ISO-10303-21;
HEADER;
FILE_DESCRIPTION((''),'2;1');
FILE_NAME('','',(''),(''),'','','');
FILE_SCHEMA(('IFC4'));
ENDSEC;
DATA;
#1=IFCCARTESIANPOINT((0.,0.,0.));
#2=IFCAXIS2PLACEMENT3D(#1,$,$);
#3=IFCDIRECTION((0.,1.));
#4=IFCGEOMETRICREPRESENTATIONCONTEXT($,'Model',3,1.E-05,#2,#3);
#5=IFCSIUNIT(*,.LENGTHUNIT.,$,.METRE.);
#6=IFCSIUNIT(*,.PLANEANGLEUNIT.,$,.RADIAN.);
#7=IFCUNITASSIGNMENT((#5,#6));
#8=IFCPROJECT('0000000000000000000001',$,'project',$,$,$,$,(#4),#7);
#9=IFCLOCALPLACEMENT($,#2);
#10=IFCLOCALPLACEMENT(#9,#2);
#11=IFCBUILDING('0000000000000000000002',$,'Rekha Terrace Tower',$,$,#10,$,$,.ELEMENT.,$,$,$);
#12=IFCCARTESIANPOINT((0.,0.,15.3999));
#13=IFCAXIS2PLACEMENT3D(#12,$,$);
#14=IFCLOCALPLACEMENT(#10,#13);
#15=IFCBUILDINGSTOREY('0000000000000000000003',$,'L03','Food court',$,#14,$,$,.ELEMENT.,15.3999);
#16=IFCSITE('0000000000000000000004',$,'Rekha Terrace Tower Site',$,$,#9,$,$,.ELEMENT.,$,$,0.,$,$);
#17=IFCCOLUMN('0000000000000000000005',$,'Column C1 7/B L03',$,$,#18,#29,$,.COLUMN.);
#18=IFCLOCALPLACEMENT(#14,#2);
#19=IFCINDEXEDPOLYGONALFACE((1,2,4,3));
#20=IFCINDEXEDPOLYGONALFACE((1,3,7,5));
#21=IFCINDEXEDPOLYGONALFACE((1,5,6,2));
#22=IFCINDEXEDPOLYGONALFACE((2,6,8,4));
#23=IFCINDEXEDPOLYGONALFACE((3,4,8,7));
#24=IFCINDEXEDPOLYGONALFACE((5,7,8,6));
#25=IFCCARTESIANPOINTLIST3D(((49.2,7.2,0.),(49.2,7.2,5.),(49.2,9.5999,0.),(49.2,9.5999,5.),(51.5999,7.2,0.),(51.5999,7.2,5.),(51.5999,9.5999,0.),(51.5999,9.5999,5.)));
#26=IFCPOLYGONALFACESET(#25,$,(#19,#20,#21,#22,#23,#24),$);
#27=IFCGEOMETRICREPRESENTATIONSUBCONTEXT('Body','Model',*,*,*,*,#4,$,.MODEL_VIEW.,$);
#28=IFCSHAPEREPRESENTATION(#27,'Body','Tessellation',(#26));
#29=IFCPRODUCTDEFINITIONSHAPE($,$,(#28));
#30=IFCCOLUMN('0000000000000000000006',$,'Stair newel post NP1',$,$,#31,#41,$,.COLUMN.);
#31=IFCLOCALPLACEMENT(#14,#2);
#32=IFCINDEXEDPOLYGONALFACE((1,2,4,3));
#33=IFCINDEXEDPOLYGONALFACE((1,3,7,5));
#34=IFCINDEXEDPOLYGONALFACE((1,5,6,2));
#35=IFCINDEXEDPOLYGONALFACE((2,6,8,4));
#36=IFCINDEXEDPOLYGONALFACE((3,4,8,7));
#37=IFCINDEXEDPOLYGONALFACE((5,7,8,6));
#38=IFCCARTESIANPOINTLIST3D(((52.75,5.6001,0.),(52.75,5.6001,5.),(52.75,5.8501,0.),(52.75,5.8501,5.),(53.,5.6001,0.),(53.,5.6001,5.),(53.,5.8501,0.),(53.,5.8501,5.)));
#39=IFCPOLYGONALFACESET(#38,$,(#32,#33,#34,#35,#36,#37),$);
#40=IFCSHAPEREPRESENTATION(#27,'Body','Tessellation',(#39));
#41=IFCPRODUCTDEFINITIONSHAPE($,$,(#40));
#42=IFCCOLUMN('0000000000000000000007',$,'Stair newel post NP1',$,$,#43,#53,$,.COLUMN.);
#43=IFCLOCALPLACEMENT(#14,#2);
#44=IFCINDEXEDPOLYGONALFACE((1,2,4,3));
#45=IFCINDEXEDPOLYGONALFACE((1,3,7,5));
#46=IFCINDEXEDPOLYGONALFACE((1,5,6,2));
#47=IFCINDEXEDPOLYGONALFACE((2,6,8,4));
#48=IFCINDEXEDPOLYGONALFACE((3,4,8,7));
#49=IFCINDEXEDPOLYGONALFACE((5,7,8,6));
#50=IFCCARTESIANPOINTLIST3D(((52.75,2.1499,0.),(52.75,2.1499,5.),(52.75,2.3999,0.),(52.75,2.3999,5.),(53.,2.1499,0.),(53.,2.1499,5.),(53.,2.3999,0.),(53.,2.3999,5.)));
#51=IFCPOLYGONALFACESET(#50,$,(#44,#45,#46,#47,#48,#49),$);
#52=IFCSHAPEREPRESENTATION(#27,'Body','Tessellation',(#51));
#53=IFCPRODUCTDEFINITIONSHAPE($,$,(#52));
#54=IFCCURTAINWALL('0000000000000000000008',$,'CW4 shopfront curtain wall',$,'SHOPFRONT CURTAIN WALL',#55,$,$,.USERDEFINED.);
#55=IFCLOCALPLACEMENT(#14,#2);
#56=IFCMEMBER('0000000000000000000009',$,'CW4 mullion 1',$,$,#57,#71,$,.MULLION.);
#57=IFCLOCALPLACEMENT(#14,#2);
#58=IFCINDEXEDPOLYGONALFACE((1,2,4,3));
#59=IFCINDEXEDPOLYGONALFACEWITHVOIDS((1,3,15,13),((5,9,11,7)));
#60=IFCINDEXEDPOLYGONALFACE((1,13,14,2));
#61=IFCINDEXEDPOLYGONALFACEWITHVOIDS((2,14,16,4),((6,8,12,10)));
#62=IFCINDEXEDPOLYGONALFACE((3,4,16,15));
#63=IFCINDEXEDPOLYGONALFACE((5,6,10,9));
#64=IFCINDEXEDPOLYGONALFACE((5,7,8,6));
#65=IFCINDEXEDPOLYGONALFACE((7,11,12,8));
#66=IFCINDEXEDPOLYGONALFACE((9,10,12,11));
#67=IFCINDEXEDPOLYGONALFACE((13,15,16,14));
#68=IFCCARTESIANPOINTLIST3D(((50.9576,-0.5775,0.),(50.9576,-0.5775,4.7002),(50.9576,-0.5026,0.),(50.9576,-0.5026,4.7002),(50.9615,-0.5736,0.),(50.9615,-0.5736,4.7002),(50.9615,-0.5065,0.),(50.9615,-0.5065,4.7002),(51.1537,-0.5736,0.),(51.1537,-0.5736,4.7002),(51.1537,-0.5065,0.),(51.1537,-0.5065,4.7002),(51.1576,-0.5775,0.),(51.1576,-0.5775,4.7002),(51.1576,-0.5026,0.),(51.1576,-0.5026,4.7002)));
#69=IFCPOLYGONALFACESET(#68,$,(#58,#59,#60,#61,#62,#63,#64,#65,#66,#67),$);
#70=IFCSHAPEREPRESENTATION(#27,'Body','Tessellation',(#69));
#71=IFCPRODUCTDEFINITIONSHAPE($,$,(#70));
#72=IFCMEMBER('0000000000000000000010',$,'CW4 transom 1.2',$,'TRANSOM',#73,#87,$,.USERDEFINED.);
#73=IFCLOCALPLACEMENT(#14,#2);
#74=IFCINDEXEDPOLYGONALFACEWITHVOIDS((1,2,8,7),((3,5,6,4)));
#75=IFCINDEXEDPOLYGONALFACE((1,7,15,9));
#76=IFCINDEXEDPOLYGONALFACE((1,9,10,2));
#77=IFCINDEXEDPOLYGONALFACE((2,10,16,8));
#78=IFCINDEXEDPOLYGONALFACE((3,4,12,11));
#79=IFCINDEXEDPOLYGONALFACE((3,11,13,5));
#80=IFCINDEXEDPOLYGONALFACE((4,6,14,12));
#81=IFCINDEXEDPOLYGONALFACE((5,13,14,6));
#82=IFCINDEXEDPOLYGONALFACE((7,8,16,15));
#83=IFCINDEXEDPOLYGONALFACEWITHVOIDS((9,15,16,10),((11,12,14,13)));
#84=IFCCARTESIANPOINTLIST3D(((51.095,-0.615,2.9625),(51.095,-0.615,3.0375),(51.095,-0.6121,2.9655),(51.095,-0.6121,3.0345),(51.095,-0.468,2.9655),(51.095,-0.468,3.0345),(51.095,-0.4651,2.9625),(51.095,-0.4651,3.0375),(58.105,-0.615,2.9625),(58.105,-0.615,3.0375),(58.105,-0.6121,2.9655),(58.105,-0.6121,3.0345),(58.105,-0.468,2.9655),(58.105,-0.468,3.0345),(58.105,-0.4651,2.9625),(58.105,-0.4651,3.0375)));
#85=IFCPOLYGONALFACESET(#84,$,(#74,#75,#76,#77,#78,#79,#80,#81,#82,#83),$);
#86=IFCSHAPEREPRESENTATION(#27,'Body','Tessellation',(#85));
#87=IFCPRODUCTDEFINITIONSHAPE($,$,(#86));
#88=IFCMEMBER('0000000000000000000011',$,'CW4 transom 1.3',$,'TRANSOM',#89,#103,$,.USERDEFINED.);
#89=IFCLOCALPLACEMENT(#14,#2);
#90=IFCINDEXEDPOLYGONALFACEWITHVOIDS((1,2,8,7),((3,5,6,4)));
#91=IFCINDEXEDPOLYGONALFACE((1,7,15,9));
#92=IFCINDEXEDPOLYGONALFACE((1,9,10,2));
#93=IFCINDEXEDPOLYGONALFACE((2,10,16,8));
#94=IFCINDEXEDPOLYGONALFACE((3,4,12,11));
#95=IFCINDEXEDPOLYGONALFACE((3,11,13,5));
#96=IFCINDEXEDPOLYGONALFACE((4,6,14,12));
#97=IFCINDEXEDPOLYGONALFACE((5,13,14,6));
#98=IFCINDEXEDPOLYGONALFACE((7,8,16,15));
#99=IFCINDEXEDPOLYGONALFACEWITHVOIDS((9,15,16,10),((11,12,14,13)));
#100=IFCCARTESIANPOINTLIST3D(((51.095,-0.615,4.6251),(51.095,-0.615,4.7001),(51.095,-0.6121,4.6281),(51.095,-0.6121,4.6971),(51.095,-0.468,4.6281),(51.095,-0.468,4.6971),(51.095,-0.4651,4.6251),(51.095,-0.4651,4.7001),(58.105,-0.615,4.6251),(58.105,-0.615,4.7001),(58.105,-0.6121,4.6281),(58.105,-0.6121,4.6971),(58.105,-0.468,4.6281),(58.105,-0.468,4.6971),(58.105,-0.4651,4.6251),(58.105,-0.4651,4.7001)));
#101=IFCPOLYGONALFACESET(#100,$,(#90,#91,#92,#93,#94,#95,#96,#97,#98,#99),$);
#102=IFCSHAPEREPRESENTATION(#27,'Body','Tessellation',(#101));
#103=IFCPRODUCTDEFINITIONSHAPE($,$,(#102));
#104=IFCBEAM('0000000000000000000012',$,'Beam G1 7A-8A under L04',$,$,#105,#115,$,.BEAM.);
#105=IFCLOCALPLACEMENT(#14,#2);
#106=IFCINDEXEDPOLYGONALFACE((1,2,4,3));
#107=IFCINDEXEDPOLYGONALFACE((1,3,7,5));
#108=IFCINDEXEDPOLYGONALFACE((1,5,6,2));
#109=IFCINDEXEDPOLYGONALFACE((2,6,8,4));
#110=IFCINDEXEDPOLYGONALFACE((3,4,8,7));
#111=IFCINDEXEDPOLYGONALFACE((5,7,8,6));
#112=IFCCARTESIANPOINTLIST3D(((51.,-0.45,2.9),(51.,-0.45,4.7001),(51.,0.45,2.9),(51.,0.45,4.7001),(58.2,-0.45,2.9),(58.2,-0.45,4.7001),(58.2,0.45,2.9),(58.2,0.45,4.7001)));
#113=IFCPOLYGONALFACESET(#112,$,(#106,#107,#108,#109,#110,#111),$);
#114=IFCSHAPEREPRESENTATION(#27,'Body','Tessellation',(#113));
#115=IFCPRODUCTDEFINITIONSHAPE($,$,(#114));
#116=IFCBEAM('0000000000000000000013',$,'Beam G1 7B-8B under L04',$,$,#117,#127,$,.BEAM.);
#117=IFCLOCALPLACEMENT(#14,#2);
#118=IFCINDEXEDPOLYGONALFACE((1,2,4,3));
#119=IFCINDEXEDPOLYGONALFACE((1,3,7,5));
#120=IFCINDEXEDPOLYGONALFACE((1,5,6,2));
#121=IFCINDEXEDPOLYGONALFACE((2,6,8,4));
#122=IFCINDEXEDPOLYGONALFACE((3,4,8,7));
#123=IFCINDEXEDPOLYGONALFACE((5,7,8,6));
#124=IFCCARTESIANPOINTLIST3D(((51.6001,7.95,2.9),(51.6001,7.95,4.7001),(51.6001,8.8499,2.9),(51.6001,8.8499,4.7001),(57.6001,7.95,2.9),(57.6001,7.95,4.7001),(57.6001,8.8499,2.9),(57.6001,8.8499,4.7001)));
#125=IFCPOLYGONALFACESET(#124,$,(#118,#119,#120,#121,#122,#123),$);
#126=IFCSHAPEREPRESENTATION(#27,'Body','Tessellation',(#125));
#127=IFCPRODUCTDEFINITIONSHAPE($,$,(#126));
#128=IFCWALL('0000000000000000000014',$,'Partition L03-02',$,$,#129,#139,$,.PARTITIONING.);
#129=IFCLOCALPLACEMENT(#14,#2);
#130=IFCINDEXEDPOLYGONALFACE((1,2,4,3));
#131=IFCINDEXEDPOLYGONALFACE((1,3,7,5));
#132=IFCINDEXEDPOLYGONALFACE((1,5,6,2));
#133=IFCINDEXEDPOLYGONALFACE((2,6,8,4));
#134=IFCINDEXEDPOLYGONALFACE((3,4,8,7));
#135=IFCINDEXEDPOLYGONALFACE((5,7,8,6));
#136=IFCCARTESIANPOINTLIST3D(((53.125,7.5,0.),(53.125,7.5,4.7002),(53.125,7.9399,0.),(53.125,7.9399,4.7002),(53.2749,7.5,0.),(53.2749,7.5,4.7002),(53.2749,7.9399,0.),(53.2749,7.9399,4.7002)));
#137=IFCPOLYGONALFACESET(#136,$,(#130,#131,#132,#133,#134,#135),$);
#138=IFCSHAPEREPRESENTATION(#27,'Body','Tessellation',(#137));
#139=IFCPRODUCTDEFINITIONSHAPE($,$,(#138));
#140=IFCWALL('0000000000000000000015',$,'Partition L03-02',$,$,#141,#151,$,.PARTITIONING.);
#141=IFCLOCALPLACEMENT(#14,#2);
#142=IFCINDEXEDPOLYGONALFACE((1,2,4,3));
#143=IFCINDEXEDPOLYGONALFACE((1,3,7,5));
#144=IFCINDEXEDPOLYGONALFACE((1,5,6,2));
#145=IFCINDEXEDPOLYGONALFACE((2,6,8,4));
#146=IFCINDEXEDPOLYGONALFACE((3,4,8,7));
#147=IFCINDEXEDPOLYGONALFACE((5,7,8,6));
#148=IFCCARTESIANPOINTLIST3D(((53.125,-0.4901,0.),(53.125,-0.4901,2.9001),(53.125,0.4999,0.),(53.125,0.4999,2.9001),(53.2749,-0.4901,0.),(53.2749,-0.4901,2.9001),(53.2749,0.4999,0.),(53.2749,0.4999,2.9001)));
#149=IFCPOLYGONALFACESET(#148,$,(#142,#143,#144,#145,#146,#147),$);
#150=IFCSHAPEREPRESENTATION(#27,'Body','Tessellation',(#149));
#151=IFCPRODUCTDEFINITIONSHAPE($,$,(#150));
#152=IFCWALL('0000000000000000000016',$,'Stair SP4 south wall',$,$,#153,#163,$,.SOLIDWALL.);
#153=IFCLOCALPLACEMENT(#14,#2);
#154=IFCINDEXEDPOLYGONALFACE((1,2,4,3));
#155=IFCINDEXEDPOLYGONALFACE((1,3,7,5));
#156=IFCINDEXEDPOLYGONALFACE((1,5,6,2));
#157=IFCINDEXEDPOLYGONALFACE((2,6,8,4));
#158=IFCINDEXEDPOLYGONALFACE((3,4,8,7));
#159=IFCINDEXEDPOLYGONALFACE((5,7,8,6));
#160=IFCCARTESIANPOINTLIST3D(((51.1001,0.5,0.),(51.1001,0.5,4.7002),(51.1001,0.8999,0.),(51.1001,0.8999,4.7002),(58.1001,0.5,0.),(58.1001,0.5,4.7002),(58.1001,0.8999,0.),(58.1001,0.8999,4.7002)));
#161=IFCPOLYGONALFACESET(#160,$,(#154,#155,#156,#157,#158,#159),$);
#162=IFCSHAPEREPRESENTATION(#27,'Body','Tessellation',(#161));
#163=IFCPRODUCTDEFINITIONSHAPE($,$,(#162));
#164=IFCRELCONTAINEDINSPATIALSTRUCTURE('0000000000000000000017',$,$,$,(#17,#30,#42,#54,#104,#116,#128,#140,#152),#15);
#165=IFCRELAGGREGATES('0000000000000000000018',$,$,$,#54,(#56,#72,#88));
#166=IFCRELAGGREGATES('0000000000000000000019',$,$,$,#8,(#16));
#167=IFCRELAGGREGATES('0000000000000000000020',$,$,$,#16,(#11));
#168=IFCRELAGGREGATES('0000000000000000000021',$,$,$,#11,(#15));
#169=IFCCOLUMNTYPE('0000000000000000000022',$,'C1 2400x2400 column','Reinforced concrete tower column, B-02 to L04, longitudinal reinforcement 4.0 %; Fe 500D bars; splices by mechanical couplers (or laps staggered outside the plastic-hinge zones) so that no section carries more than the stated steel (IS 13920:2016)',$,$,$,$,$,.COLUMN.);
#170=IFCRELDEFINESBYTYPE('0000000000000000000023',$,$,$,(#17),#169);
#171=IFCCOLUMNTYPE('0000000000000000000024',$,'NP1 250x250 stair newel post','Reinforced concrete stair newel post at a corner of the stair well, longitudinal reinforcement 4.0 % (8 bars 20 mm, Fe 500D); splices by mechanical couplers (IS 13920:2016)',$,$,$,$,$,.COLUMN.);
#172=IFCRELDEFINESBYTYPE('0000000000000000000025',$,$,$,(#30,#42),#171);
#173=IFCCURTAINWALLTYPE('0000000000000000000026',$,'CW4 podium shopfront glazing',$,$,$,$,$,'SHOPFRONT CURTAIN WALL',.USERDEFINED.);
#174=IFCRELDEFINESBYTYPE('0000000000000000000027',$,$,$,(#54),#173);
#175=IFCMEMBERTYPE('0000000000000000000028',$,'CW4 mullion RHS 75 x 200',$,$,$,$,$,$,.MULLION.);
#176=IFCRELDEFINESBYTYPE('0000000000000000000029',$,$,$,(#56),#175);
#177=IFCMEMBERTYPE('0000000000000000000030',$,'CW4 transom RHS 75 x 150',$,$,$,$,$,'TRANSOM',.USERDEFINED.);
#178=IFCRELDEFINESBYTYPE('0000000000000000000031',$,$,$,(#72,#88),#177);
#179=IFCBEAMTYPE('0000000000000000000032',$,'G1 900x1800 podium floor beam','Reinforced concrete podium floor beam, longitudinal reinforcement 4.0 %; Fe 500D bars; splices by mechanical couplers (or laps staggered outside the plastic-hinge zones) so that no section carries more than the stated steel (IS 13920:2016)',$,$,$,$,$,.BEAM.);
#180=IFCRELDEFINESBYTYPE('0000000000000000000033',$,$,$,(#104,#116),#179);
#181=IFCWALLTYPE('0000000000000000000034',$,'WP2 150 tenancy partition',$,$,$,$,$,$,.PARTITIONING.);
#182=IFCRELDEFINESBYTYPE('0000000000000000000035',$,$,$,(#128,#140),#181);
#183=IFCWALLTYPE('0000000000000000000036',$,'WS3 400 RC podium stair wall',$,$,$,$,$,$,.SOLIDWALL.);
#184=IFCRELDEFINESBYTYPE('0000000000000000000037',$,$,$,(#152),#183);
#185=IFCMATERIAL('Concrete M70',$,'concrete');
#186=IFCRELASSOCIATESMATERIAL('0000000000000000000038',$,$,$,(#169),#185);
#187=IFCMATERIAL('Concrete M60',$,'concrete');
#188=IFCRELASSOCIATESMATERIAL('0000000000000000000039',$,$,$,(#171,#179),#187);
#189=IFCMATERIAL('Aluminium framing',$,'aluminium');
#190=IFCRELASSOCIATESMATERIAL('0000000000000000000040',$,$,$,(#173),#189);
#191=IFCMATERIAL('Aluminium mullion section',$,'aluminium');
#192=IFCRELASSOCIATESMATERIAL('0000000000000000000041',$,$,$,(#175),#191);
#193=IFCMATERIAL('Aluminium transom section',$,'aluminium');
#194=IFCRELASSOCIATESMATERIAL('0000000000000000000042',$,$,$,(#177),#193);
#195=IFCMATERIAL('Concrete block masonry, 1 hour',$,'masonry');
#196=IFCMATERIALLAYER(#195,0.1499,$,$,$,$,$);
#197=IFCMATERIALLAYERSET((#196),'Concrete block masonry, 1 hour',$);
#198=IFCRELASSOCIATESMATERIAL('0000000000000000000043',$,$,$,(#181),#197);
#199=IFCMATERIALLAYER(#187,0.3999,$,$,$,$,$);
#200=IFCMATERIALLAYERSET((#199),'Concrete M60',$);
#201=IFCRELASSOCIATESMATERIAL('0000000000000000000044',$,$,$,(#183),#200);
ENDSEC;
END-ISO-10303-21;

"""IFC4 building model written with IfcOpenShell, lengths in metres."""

from ifc_helpers import new_model, si_unit, direction, frame, frame_2d, origin, origin_2d, place, context, subcontext, project, spatial, rectangle, hollow_rectangle, extrude, material, layer, layer_set, material_profile, profile_set, type_object, element, aggregate, save


model = new_model("IFC4")

# Units and contexts
model_context = context("Model", 3, precision=1e-05, world=origin(), true_north=direction((0.0, 1.0)))
body_context = subcontext(model_context, "Body", "Model", "MODEL_VIEW")
ifc_project = project(units=[si_unit("LENGTHUNIT", "METRE"), si_unit("PLANEANGLEUNIT", "RADIAN")], contexts=[model_context])

# Site, building, storey
site_placement = place(None, origin())
site = spatial("IfcSite", under=ifc_project, at=site_placement, Name="Rekha Terrace Tower Site", CompositionType="ELEMENT", RefElevation=0.0)
building_placement = place(site_placement, origin())
building = spatial("IfcBuilding", under=site, at=building_placement, Name="Rekha Terrace Tower", CompositionType="ELEMENT")
storey_placement = place(building_placement, frame((0.0, 0.0, 15.3999)))
storey = spatial("IfcBuildingStorey", under=building, at=storey_placement, Name="L03", Description="Food court", CompositionType="ELEMENT", Elevation=15.3999)

# Columns
ifc_material_1 = material(Name="Concrete M70", Category="concrete")
ifc_material_profile_1 = material_profile(ifc_material_1, rectangle(XDim=2.3999, YDim=2.3999, at=origin_2d()), Name="RC 2400x2400")
ifc_profile_set_1 = profile_set([ifc_material_profile_1], Name="Concrete M70")
column_type_1 = type_object("IfcColumnType", Name="C1 2400x2400 column", Description="Reinforced concrete tower column, B-02 to L04, longitudinal reinforcement 4.0 %; Fe 500D bars; splices by mechanical couplers (or laps staggered outside the plastic-hinge zones) so that no section carries more than the stated steel (IS 13920:2016)", PredefinedType="COLUMN", material=ifc_profile_set_1)
column_placement = place(storey_placement, frame((50.3999, 8.3999, 0.0), z_axis=(0.0, 0.0, 1.0), x_axis=(1.0, 0.0, 0.0)))
element("IfcColumn", 1, at=column_placement, inside=storey, type_object=column_type_1, Name="Column C1 7/B L03", PredefinedType="COLUMN", context=body_context, shape_type="SweptSolid", body=[
    extrude(rectangle(XDim=2.3999, YDim=2.3999, at=origin_2d()), origin(), (0.0, 0.0, 1.0), 5.0),
])
ifc_material_2 = material(Name="Concrete M60", Category="concrete")
ifc_material_profile_2 = material_profile(ifc_material_2, rectangle(XDim=0.25, YDim=0.25, at=origin_2d()), Name="RC 250x250")
ifc_profile_set_2 = profile_set([ifc_material_profile_2], Name="Concrete M60")
column_type_2 = type_object("IfcColumnType", Name="NP1 250x250 stair newel post", Description="Reinforced concrete stair newel post at a corner of the stair well, longitudinal reinforcement 4.0 % (8 bars 20 mm, Fe 500D); splices by mechanical couplers (IS 13920:2016)", PredefinedType="COLUMN", material=ifc_profile_set_2)
for number, where, z_axis, x_axis, name in (
    (2, (52.875, 5.7251, 0.0), (0.0, 0.0, 1.0), (1.0, 0.0, 0.0), "Stair newel post NP1"),
    (3, (52.875, 2.2749, 0.0), (0.0, 0.0, 1.0), (1.0, 0.0, 0.0), "Stair newel post NP1"),
):
    element("IfcColumn", number, at=place(storey_placement, frame(where, z_axis=z_axis, x_axis=x_axis)), inside=storey, type_object=column_type_2, Name=name, PredefinedType="COLUMN", context=body_context, shape_type="SweptSolid", body=[
        extrude(rectangle(XDim=0.25, YDim=0.25, at=origin_2d()), origin(), (0.0, 0.0, 1.0), 5.0),
    ])

# Curtain wall, members
ifc_material_3 = material(Name="Aluminium framing", Category="aluminium")
curtain_wall_type = type_object("IfcCurtainWallType", Name="CW4 podium shopfront glazing", ElementType="SHOPFRONT CURTAIN WALL", PredefinedType="USERDEFINED", material=ifc_material_3)
curtain_wall_placement = place(storey_placement, origin())
curtain_wall = element("IfcCurtainWall", 4, at=curtain_wall_placement, inside=storey, type_object=curtain_wall_type, Name="CW4 shopfront curtain wall", ObjectType="SHOPFRONT CURTAIN WALL", PredefinedType="USERDEFINED")
ifc_material_4 = material(Name="Aluminium mullion section", Category="aluminium")
ifc_material_profile_3 = material_profile(ifc_material_4, hollow_rectangle(XDim=0.075, YDim=0.2, WallThickness=0.0039, at=origin_2d()), Name="AL RHS 75x200")
ifc_profile_set_3 = profile_set([ifc_material_profile_3], Name="Aluminium mullion section")
member_type_1 = type_object("IfcMemberType", Name="CW4 mullion RHS 75 x 200", PredefinedType="MULLION", material=ifc_profile_set_3)
member_1_placement = place(storey_placement, frame((51.0576, -0.54, 0.0), z_axis=(0.0, 0.0, 1.0), x_axis=(0.0, 1.0, 0.0)))
member_1 = element("IfcMember", 5, at=member_1_placement, type_object=member_type_1, Name="CW4 mullion 1", PredefinedType="MULLION", context=body_context, shape_type="SweptSolid", body=[
    extrude(hollow_rectangle(XDim=0.075, YDim=0.2, WallThickness=0.0039, at=origin_2d()), origin(), (0.0, 0.0, 1.0), 4.7002),
])
ifc_material_5 = material(Name="Aluminium transom section", Category="aluminium")
ifc_material_profile_4 = material_profile(ifc_material_5, hollow_rectangle(XDim=0.1499, YDim=0.075, WallThickness=0.0029, at=origin_2d()), Name="AL RHS 150x75")
ifc_profile_set_4 = profile_set([ifc_material_profile_4], Name="Aluminium transom section")
member_type_2 = type_object("IfcMemberType", Name="CW4 transom RHS 75 x 150", ElementType="TRANSOM", PredefinedType="USERDEFINED", material=ifc_profile_set_4)
member_2_placement = place(storey_placement, frame((51.095, -0.54, 3.0), z_axis=(1.0, 0.0, 0.0), x_axis=(0.0, 1.0, 0.0)))
member_2 = element("IfcMember", 6, at=member_2_placement, type_object=member_type_2, Name="CW4 transom 1.2", ObjectType="TRANSOM", PredefinedType="USERDEFINED", context=body_context, shape_type="SweptSolid", body=[
    extrude(hollow_rectangle(XDim=0.1499, YDim=0.075, WallThickness=0.0029, at=origin_2d()), origin(), (0.0, 0.0, 1.0), 7.01),
])
member_3_placement = place(storey_placement, frame((51.095, -0.54, 4.6626), z_axis=(1.0, 0.0, 0.0), x_axis=(0.0, 1.0, 0.0)))
member_3 = element("IfcMember", 7, at=member_3_placement, type_object=member_type_2, Name="CW4 transom 1.3", ObjectType="TRANSOM", PredefinedType="USERDEFINED", context=body_context, shape_type="SweptSolid", body=[
    extrude(hollow_rectangle(XDim=0.1499, YDim=0.075, WallThickness=0.0029, at=origin_2d()), origin(), (0.0, 0.0, 1.0), 7.01),
])
aggregate(curtain_wall, [member_1, member_2, member_3])

# Beams
ifc_material_profile_5 = material_profile(ifc_material_2, rectangle(XDim=0.8999, YDim=1.8, at=origin_2d()), Name="RC 900x1800")
ifc_profile_set_5 = profile_set([ifc_material_profile_5], Name="Concrete M60")
beam_type = type_object("IfcBeamType", Name="G1 900x1800 podium floor beam", Description="Reinforced concrete podium floor beam, longitudinal reinforcement 4.0 %; Fe 500D bars; splices by mechanical couplers (or laps staggered outside the plastic-hinge zones) so that no section carries more than the stated steel (IS 13920:2016)", PredefinedType="BEAM", material=ifc_profile_set_5)
beam_1_placement = place(storey_placement, frame((51.0, 0.0, 3.8), z_axis=(1.0, 0.0, 0.0), x_axis=(0.0, 1.0, 0.0)))
element("IfcBeam", 8, at=beam_1_placement, inside=storey, type_object=beam_type, Name="Beam G1 7A-8A under L04", PredefinedType="BEAM", context=body_context, shape_type="SweptSolid", body=[
    extrude(rectangle(XDim=0.8999, YDim=1.8, at=origin_2d()), origin(), (0.0, 0.0, 1.0), 7.2),
])
beam_2_placement = place(storey_placement, frame((51.6001, 8.3999, 3.8), z_axis=(1.0, 0.0, 0.0), x_axis=(0.0, 1.0, 0.0)))
element("IfcBeam", 9, at=beam_2_placement, inside=storey, type_object=beam_type, Name="Beam G1 7B-8B under L04", PredefinedType="BEAM", context=body_context, shape_type="SweptSolid", body=[
    extrude(rectangle(XDim=0.8999, YDim=1.8, at=origin_2d()), origin(), (0.0, 0.0, 1.0), 6.0),
])

# Walls
ifc_material_6 = material(Name="Concrete block masonry, 1 hour", Category="masonry")
ifc_layer_1 = layer(ifc_material_6, 0.1499)
ifc_layer_set_1 = layer_set([ifc_layer_1], Name="Concrete block masonry, 1 hour")
wall_type_1 = type_object("IfcWallType", Name="WP2 150 tenancy partition", PredefinedType="PARTITIONING", material=ifc_layer_set_1)
wall_1_placement = place(storey_placement, frame((53.2, 7.9399, 0.0), z_axis=(0.0, 0.0, 1.0), x_axis=(0.0, -1.0, 0.0)))
element("IfcWall", 10, at=wall_1_placement, inside=storey, type_object=wall_type_1, Name="Partition L03-02", PredefinedType="PARTITIONING", context=body_context, shape_type="SweptSolid", body=[
    extrude(rectangle(XDim=0.4399, YDim=0.1499, at=frame_2d((0.22, 0.0))), origin(), (0.0, 0.0, 1.0), 4.7002),
])
wall_2_placement = place(storey_placement, frame((53.2, 0.5, 0.0), z_axis=(0.0, 0.0, 1.0), x_axis=(0.0, -1.0, 0.0)))
element("IfcWall", 11, at=wall_2_placement, inside=storey, type_object=wall_type_1, Name="Partition L03-02", PredefinedType="PARTITIONING", context=body_context, shape_type="SweptSolid", body=[
    extrude(rectangle(XDim=0.99, YDim=0.1499, at=frame_2d((0.4951, 0.0))), origin(), (0.0, 0.0, 1.0), 2.9001),
])
ifc_layer_2 = layer(ifc_material_2, 0.3999)
ifc_layer_set_2 = layer_set([ifc_layer_2], Name="Concrete M60")
wall_type_2 = type_object("IfcWallType", Name="WS3 400 RC podium stair wall", PredefinedType="SOLIDWALL", material=ifc_layer_set_2)
wall_3_placement = place(storey_placement, frame((51.1001, 0.7, 0.0), z_axis=(0.0, 0.0, 1.0), x_axis=(1.0, 0.0, 0.0)))
element("IfcWall", 12, at=wall_3_placement, inside=storey, type_object=wall_type_2, Name="Stair SP4 south wall", PredefinedType="SOLIDWALL", context=body_context, shape_type="SweptSolid", body=[
    extrude(rectangle(XDim=7.0, YDim=0.3999, at=frame_2d((3.5, 0.0))), origin(), (0.0, 0.0, 1.0), 4.7002),
])

save(model, "model.ifc")
